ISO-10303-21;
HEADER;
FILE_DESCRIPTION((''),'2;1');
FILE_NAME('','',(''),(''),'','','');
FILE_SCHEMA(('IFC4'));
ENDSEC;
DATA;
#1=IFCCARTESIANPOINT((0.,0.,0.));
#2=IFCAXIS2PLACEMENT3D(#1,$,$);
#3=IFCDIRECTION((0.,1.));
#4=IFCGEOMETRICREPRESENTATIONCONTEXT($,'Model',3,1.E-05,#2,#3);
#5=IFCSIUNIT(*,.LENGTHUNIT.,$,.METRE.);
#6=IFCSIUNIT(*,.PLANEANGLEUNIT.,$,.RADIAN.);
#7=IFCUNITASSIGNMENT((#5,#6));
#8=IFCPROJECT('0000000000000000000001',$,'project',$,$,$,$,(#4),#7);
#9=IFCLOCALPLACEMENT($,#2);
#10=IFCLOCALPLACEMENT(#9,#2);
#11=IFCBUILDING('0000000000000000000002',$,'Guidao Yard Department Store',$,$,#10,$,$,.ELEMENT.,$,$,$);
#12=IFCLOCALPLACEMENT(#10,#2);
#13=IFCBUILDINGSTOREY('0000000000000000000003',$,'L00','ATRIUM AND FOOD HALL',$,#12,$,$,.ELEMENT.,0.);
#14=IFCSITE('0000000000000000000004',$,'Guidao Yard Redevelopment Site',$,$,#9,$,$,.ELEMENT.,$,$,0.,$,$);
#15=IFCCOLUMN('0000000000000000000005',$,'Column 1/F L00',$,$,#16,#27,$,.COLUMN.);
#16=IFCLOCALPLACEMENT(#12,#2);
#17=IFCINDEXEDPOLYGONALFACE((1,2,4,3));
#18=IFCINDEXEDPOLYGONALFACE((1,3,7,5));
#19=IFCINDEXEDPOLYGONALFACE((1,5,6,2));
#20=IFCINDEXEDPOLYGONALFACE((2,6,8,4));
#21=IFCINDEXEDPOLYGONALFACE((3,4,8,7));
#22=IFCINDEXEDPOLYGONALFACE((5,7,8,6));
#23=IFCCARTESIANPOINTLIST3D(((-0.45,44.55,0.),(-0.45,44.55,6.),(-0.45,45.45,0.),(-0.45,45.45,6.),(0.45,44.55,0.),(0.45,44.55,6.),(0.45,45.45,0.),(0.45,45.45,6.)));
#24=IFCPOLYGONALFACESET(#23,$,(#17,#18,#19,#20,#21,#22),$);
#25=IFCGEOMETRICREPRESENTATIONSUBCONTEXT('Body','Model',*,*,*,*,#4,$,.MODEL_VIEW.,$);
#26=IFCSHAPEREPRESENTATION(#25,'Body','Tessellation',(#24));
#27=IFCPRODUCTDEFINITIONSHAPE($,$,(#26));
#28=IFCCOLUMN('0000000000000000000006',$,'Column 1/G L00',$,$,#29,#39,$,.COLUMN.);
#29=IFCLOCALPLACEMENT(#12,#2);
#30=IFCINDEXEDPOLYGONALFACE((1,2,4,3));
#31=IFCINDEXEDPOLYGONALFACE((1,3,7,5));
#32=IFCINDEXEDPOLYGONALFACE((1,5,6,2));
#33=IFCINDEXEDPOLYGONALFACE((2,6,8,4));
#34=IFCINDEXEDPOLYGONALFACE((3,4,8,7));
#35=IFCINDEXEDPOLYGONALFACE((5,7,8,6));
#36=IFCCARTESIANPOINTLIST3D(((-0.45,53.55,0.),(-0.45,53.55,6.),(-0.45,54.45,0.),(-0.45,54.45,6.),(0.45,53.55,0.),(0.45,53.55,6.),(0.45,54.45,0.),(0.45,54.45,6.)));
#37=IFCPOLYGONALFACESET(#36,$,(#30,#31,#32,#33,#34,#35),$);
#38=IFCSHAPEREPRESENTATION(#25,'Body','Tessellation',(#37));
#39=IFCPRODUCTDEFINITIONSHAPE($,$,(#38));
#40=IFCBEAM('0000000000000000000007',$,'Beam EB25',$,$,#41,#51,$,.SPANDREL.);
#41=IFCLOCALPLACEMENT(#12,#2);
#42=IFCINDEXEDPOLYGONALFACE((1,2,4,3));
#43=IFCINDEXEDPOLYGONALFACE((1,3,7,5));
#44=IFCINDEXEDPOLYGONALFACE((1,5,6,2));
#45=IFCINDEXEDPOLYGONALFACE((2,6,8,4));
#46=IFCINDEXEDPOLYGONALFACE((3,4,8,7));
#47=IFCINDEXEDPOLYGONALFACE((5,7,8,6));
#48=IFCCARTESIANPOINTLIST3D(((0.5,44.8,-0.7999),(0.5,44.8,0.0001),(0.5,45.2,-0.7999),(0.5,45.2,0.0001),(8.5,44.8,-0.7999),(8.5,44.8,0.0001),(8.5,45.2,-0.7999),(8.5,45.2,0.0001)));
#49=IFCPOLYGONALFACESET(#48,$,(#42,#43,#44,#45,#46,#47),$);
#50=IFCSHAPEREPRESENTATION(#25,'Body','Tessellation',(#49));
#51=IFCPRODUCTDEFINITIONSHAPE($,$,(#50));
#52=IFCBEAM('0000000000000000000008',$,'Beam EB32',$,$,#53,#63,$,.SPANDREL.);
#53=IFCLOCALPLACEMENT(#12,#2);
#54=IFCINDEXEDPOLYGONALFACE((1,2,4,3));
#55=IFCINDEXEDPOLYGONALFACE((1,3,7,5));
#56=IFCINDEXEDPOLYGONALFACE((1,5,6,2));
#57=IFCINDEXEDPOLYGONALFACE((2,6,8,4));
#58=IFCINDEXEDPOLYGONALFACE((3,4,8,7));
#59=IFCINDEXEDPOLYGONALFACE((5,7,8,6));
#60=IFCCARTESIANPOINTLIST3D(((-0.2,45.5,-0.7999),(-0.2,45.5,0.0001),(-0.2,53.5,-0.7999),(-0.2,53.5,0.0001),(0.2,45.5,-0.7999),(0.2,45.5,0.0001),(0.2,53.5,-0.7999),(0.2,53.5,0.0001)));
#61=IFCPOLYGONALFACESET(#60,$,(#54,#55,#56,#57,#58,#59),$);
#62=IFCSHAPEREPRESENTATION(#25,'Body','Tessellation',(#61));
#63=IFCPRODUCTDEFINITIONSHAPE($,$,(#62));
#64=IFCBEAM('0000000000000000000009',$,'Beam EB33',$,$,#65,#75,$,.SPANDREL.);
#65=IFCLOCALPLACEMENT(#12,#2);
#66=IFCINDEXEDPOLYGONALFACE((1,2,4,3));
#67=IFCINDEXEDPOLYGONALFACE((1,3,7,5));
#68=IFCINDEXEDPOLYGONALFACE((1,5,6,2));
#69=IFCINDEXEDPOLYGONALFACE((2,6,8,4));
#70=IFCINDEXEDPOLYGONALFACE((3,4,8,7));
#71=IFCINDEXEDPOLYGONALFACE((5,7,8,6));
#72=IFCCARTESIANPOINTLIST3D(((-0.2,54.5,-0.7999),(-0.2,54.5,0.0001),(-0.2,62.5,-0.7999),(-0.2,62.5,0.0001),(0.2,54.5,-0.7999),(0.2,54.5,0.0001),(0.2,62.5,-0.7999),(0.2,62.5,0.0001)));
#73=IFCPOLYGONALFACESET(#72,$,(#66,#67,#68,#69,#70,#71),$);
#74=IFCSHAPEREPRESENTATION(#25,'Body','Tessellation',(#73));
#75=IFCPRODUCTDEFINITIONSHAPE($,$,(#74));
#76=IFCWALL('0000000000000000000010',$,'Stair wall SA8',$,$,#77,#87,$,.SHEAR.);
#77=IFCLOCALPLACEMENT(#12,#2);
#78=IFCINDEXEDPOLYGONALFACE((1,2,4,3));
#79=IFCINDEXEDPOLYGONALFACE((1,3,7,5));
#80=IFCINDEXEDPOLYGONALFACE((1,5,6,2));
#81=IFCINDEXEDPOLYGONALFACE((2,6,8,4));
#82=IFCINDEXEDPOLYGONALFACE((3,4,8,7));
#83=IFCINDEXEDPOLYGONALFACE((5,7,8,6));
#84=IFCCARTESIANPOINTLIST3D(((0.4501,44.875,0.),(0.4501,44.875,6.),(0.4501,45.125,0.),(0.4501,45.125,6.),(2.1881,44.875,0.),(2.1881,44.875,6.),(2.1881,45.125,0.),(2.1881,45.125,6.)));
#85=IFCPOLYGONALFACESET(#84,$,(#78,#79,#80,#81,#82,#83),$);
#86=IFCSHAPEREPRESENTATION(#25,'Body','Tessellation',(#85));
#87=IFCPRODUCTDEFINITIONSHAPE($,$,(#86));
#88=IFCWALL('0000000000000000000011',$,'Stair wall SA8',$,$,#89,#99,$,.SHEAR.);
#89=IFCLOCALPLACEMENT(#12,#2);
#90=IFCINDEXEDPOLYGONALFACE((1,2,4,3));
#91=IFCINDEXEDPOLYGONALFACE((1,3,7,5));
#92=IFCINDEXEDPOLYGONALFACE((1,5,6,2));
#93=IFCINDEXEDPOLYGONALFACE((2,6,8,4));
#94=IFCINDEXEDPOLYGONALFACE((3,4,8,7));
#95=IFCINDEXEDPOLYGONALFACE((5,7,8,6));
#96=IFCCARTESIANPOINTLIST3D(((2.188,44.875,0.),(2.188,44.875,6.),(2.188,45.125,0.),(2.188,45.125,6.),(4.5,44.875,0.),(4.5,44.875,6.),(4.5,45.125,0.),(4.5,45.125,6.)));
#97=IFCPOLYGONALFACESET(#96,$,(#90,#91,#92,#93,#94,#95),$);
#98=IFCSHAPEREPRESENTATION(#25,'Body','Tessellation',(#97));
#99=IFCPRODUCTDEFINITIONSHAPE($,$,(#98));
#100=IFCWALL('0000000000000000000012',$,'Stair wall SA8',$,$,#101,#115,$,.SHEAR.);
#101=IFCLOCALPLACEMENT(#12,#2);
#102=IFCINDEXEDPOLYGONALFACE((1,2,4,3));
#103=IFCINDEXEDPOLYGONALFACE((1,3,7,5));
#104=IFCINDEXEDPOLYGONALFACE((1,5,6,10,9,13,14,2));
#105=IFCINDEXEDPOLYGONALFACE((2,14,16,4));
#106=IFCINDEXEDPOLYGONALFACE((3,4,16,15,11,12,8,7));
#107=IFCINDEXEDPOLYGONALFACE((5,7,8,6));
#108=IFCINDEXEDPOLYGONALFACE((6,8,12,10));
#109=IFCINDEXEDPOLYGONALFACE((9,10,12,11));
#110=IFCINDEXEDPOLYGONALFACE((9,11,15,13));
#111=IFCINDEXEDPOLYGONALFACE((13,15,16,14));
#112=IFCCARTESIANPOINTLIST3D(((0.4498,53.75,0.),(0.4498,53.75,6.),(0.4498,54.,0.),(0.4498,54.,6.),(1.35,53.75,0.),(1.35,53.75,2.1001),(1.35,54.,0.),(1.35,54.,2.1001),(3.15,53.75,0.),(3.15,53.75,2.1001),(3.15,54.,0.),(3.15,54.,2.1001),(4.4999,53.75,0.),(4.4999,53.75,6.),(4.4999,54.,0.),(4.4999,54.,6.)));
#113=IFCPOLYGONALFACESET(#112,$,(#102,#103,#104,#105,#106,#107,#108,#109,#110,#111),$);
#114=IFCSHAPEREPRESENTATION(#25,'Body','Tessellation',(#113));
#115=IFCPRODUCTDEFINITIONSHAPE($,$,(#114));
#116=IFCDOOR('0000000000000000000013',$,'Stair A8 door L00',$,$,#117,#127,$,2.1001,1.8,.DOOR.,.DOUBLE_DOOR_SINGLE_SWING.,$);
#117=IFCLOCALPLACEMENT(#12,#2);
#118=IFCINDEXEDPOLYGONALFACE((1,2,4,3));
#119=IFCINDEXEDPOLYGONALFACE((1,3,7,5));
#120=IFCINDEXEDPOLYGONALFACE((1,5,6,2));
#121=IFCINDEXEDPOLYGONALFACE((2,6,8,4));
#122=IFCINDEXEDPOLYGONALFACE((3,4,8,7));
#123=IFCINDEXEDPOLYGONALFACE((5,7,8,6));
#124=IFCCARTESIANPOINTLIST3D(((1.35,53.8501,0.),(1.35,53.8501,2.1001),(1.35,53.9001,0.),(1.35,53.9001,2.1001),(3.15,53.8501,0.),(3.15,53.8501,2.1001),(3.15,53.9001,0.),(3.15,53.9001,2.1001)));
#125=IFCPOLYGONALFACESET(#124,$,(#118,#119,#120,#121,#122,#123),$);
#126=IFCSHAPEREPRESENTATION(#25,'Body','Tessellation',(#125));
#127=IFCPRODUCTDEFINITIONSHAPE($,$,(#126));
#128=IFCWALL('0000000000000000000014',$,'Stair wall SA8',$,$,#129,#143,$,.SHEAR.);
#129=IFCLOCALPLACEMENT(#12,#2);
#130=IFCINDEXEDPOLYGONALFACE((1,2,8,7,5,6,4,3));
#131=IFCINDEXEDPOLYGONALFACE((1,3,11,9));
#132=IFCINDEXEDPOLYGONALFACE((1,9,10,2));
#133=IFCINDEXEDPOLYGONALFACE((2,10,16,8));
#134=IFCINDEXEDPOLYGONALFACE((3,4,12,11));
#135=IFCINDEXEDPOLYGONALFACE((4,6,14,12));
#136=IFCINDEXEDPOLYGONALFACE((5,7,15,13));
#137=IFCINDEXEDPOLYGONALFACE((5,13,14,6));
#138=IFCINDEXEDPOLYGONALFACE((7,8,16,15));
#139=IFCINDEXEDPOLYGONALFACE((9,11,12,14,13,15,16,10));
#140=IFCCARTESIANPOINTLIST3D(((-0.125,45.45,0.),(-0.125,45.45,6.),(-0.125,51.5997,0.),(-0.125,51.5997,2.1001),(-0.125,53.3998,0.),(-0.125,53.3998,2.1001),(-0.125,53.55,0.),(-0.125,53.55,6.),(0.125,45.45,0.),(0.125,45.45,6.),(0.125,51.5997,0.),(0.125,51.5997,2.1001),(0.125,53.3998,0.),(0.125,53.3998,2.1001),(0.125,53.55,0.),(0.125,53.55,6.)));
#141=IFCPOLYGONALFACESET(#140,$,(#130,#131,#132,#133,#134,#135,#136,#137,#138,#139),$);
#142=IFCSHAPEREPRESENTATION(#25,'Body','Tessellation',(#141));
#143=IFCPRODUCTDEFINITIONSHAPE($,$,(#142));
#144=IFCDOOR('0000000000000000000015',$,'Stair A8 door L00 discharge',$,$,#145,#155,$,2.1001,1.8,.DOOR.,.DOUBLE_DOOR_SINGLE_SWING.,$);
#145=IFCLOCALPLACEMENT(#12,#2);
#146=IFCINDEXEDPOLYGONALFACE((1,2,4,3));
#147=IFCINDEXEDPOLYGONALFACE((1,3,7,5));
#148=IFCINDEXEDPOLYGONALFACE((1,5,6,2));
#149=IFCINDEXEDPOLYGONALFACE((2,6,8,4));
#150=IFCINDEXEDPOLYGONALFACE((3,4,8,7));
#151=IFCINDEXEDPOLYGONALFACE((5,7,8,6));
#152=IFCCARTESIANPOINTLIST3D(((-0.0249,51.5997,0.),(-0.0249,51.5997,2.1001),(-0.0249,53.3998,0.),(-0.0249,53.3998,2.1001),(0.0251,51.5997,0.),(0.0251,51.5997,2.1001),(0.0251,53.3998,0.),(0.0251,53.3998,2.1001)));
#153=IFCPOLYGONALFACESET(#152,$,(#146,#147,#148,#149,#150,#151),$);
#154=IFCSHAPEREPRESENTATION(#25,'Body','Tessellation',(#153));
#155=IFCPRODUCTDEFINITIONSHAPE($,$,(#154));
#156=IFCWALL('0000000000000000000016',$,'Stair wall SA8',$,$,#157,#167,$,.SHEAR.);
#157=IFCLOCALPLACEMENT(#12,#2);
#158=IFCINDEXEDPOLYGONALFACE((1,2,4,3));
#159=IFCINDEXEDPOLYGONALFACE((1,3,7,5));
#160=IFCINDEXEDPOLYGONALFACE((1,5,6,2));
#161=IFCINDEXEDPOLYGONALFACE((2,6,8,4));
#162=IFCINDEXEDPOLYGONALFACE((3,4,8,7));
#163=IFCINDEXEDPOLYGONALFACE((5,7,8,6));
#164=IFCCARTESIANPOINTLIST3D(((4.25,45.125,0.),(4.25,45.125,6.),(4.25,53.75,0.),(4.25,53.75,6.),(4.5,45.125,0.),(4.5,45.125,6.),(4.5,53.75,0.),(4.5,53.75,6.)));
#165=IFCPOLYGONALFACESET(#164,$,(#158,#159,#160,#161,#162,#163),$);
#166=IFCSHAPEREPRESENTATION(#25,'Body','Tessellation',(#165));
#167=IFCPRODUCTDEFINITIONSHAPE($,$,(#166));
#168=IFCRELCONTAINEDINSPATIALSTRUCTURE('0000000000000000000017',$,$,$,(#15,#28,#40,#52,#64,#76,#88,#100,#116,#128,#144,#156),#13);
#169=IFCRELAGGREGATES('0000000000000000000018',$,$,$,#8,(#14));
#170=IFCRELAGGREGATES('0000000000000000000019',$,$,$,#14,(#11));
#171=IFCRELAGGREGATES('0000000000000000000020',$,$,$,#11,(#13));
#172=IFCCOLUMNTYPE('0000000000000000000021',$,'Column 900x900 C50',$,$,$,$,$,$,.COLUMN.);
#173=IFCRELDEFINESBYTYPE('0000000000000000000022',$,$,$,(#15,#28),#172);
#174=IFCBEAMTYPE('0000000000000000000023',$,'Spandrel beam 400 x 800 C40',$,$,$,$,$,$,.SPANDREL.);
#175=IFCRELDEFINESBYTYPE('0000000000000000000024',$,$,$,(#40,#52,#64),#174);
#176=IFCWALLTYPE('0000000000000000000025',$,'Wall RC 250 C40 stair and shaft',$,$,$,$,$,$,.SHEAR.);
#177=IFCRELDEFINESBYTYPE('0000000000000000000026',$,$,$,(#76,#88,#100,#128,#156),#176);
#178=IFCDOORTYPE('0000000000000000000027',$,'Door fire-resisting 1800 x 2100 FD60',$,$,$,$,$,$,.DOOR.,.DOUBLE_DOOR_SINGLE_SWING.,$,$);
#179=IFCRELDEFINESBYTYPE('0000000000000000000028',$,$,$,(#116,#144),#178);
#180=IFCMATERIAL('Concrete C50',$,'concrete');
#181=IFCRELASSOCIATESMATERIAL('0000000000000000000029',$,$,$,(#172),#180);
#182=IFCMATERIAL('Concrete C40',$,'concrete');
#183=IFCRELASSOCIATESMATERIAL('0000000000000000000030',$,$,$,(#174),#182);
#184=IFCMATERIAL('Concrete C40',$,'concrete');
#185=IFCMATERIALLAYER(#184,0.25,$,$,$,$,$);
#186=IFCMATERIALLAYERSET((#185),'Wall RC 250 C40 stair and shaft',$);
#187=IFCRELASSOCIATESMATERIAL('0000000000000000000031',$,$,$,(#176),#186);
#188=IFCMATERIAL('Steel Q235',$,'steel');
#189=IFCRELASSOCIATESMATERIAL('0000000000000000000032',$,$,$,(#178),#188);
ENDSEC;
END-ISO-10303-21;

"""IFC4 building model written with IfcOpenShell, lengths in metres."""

from ifc_helpers import new_model, si_unit, direction, frame, frame_2d, origin, origin_2d, place, context, subcontext, project, spatial, rectangle, extrude, material, layer, layer_set, material_profile, profile_set, type_object, element, fill, save


model = new_model("IFC4")

# Units and contexts
model_context = context("Model", 3, precision=1e-05, world=origin(), true_north=direction((0.0, 1.0)))
body_context = subcontext(model_context, "Body", "Model", "MODEL_VIEW")
ifc_project = project(units=[si_unit("LENGTHUNIT", "METRE"), si_unit("PLANEANGLEUNIT", "RADIAN")], contexts=[model_context])

# Site, building, storey
site_placement = place(None, origin())
site = spatial("IfcSite", under=ifc_project, at=site_placement, Name="Guidao Yard Redevelopment Site", CompositionType="ELEMENT", RefElevation=0.0)
building_placement = place(site_placement, origin())
building = spatial("IfcBuilding", under=site, at=building_placement, Name="Guidao Yard Department Store", CompositionType="ELEMENT")
storey_placement = place(building_placement, origin())
storey = spatial("IfcBuildingStorey", under=building, at=storey_placement, Name="L00", Description="ATRIUM AND FOOD HALL", CompositionType="ELEMENT", Elevation=0.0)

# Columns
ifc_material_1 = material(Name="Concrete C50", Category="concrete")
ifc_material_profile_1 = material_profile(ifc_material_1, rectangle(XDim=0.8999, YDim=0.8999, at=origin_2d()), Name="COL 900x900")
ifc_profile_set_1 = profile_set([ifc_material_profile_1], Name="Concrete C50")
column_type = type_object("IfcColumnType", Name="Column 900x900 C50", PredefinedType="COLUMN", material=ifc_profile_set_1)
for number, where, z_axis, x_axis, name in (
    (1, (0.0, 45.0, 0.0), (0.0, 0.0, 1.0), (1.0, 0.0, 0.0), "Column 1/F L00"),
    (2, (0.0, 54.0, 0.0), (0.0, 0.0, 1.0), (1.0, 0.0, 0.0), "Column 1/G L00"),
):
    element("IfcColumn", number, at=place(storey_placement, frame(where, z_axis=z_axis, x_axis=x_axis)), inside=storey, type_object=column_type, Name=name, PredefinedType="COLUMN", context=body_context, shape_type="SweptSolid", body=[
        extrude(rectangle(XDim=0.8999, YDim=0.8999, at=origin_2d()), origin(), (0.0, 0.0, 1.0), 6.0),
    ])

# Beams
ifc_material_2 = material(Name="Concrete C40", Category="concrete")
ifc_material_profile_2 = material_profile(ifc_material_2, rectangle(XDim=0.3999, YDim=0.8, at=origin_2d()), Name="Spandrel beam 400 x 800 C40")
ifc_profile_set_2 = profile_set([ifc_material_profile_2], Name="Concrete C40")
beam_type = type_object("IfcBeamType", Name="Spandrel beam 400 x 800 C40", PredefinedType="SPANDREL", material=ifc_profile_set_2)
for number, where, z_axis, x_axis, name in (
    (3, (0.5, 45.0, -0.3999), (1.0, 0.0, 0.0), (0.0, 1.0, 0.0), "Beam EB25"),
    (4, (0.0, 45.5, -0.3999), (0.0, 1.0, 0.0), (-1.0, 0.0, 0.0), "Beam EB32"),
    (5, (0.0, 54.5, -0.3999), (0.0, 1.0, 0.0), (-1.0, 0.0, 0.0), "Beam EB33"),
):
    element("IfcBeam", number, at=place(storey_placement, frame(where, z_axis=z_axis, x_axis=x_axis)), inside=storey, type_object=beam_type, Name=name, PredefinedType="SPANDREL", context=body_context, shape_type="SweptSolid", body=[
        extrude(rectangle(XDim=0.3999, YDim=0.8, at=origin_2d()), origin(), (0.0, 0.0, 1.0), 8.0),
    ])

# Walls
ifc_material_3 = material(Name="Concrete C40", Category="concrete")
ifc_layer_1 = layer(ifc_material_3, 0.25)
ifc_layer_set_1 = layer_set([ifc_layer_1], Name="Wall RC 250 C40 stair and shaft")
wall_type_1 = type_object("IfcWallType", Name="Wall RC 250 C40 stair and shaft", PredefinedType="SHEAR", material=ifc_layer_set_1)
wall_1_placement = place(storey_placement, frame((0.45, 45.0, 0.0), z_axis=(0.0, 0.0, 1.0), x_axis=(1.0, 0.0, 0.0)))
element("IfcWall", 6, at=wall_1_placement, inside=storey, type_object=wall_type_1, Name="Stair wall SA8", PredefinedType="SHEAR", context=body_context, shape_type="SweptSolid", body=[
    extrude(rectangle(XDim=1.738, YDim=0.25, at=frame_2d((0.8691, 0.0))), origin(), (0.0, 0.0, 1.0), 6.0),
])
wall_2_placement = place(storey_placement, frame((2.188, 45.0, 0.0), z_axis=(0.0, 0.0, 1.0), x_axis=(1.0, 0.0, 0.0)))
element("IfcWall", 7, at=wall_2_placement, inside=storey, type_object=wall_type_1, Name="Stair wall SA8", PredefinedType="SHEAR", context=body_context, shape_type="SweptSolid", body=[
    extrude(rectangle(XDim=2.312, YDim=0.25, at=frame_2d((1.156, 0.0))), origin(), (0.0, 0.0, 1.0), 6.0),
])

# Walls, openings, doors
wall_3_placement = place(storey_placement, frame((0.45, 53.875, 0.0), z_axis=(0.0, 0.0, 1.0), x_axis=(1.0, 0.0, 0.0)))
wall_3 = element("IfcWall", 8, at=wall_3_placement, inside=storey, type_object=wall_type_1, Name="Stair wall SA8", PredefinedType="SHEAR", context=body_context, shape_type="SweptSolid", body=[
    extrude(rectangle(XDim=4.05, YDim=0.25, at=frame_2d((2.0249, 0.0))), origin(), (0.0, 0.0, 1.0), 6.0),
])
opening_1_placement = place(wall_3_placement, frame((2.7, 0.0, 0.0), z_axis=(0.0, 0.0, 1.0), x_axis=(-1.0, 0.0, 0.0)))
opening_1 = element("IfcOpeningElement", 9, at=opening_1_placement, cuts=wall_3, PredefinedType="OPENING", context=body_context, shape_type="SweptSolid", body=[
    extrude(rectangle(XDim=1.8, YDim=2.1001, at=frame_2d((0.8999, 1.05))), frame((0.0, 0.135, 0.0), z_axis=(0.0, -1.0, 0.0), x_axis=(1.0, 0.0, 0.0)), (0.0, 0.0, 1.0), 0.27),
])
ifc_material_4 = material(Name="Steel Q235", Category="steel")
door_type_1 = type_object("IfcDoorType", Name="Door fire-resisting 1800 x 2100 FD60", OperationType="DOUBLE_DOOR_SINGLE_SWING", PredefinedType="DOOR", material=ifc_material_4)
door_1_placement = place(opening_1_placement, origin())
door_1 = element("IfcDoor", 10, at=door_1_placement, inside=storey, type_object=door_type_1, Name="Stair A8 door L00", OperationType="DOUBLE_DOOR_SINGLE_SWING", OverallHeight=2.1001, OverallWidth=1.8, PredefinedType="DOOR", context=body_context, shape_type="SweptSolid", body=[
    extrude(rectangle(XDim=1.8, YDim=2.1001, at=frame_2d((0.8999, 1.05))), frame((0.0, 0.0249, 0.0), z_axis=(0.0, -1.0, 0.0), x_axis=(1.0, 0.0, 0.0)), (0.0, 0.0, 1.0), 0.05),
])
fill(opening_1, door_1)
wall_4_placement = place(storey_placement, frame((0.0, 45.45, 0.0), z_axis=(0.0, 0.0, 1.0), x_axis=(0.0, 1.0, 0.0)))
wall_4 = element("IfcWall", 11, at=wall_4_placement, inside=storey, type_object=wall_type_1, Name="Stair wall SA8", PredefinedType="SHEAR", context=body_context, shape_type="SweptSolid", body=[
    extrude(rectangle(XDim=8.1001, YDim=0.25, at=frame_2d((4.05, 0.0))), origin(), (0.0, 0.0, 1.0), 6.0),
])
opening_2_placement = place(wall_4_placement, frame((6.1499, 0.0, 0.0)))
opening_2 = element("IfcOpeningElement", 12, at=opening_2_placement, cuts=wall_4, PredefinedType="OPENING", context=body_context, shape_type="SweptSolid", body=[
    extrude(rectangle(XDim=1.8, YDim=2.1001, at=frame_2d((0.8999, 1.05))), frame((0.0, 0.135, 0.0), z_axis=(0.0, -1.0, 0.0), x_axis=(1.0, 0.0, 0.0)), (0.0, 0.0, 1.0), 0.27),
])
door_2_placement = place(opening_2_placement, origin())
door_2 = element("IfcDoor", 13, at=door_2_placement, inside=storey, type_object=door_type_1, Name="Stair A8 door L00 discharge", OperationType="DOUBLE_DOOR_SINGLE_SWING", OverallHeight=2.1001, OverallWidth=1.8, PredefinedType="DOOR", context=body_context, shape_type="SweptSolid", body=[
    extrude(rectangle(XDim=1.8, YDim=2.1001, at=frame_2d((0.8999, 1.05))), frame((0.0, 0.0249, 0.0), z_axis=(0.0, -1.0, 0.0), x_axis=(1.0, 0.0, 0.0)), (0.0, 0.0, 1.0), 0.05),
])
fill(opening_2, door_2)

# Wall
wall_5_placement = place(storey_placement, frame((4.375, 45.125, 0.0), z_axis=(0.0, 0.0, 1.0), x_axis=(0.0, 1.0, 0.0)))
element("IfcWall", 14, at=wall_5_placement, inside=storey, type_object=wall_type_1, Name="Stair wall SA8", PredefinedType="SHEAR", context=body_context, shape_type="SweptSolid", body=[
    extrude(rectangle(XDim=8.625, YDim=0.25, at=frame_2d((4.3125, 0.0))), origin(), (0.0, 0.0, 1.0), 6.0),
])

save(model, "model.ifc")
